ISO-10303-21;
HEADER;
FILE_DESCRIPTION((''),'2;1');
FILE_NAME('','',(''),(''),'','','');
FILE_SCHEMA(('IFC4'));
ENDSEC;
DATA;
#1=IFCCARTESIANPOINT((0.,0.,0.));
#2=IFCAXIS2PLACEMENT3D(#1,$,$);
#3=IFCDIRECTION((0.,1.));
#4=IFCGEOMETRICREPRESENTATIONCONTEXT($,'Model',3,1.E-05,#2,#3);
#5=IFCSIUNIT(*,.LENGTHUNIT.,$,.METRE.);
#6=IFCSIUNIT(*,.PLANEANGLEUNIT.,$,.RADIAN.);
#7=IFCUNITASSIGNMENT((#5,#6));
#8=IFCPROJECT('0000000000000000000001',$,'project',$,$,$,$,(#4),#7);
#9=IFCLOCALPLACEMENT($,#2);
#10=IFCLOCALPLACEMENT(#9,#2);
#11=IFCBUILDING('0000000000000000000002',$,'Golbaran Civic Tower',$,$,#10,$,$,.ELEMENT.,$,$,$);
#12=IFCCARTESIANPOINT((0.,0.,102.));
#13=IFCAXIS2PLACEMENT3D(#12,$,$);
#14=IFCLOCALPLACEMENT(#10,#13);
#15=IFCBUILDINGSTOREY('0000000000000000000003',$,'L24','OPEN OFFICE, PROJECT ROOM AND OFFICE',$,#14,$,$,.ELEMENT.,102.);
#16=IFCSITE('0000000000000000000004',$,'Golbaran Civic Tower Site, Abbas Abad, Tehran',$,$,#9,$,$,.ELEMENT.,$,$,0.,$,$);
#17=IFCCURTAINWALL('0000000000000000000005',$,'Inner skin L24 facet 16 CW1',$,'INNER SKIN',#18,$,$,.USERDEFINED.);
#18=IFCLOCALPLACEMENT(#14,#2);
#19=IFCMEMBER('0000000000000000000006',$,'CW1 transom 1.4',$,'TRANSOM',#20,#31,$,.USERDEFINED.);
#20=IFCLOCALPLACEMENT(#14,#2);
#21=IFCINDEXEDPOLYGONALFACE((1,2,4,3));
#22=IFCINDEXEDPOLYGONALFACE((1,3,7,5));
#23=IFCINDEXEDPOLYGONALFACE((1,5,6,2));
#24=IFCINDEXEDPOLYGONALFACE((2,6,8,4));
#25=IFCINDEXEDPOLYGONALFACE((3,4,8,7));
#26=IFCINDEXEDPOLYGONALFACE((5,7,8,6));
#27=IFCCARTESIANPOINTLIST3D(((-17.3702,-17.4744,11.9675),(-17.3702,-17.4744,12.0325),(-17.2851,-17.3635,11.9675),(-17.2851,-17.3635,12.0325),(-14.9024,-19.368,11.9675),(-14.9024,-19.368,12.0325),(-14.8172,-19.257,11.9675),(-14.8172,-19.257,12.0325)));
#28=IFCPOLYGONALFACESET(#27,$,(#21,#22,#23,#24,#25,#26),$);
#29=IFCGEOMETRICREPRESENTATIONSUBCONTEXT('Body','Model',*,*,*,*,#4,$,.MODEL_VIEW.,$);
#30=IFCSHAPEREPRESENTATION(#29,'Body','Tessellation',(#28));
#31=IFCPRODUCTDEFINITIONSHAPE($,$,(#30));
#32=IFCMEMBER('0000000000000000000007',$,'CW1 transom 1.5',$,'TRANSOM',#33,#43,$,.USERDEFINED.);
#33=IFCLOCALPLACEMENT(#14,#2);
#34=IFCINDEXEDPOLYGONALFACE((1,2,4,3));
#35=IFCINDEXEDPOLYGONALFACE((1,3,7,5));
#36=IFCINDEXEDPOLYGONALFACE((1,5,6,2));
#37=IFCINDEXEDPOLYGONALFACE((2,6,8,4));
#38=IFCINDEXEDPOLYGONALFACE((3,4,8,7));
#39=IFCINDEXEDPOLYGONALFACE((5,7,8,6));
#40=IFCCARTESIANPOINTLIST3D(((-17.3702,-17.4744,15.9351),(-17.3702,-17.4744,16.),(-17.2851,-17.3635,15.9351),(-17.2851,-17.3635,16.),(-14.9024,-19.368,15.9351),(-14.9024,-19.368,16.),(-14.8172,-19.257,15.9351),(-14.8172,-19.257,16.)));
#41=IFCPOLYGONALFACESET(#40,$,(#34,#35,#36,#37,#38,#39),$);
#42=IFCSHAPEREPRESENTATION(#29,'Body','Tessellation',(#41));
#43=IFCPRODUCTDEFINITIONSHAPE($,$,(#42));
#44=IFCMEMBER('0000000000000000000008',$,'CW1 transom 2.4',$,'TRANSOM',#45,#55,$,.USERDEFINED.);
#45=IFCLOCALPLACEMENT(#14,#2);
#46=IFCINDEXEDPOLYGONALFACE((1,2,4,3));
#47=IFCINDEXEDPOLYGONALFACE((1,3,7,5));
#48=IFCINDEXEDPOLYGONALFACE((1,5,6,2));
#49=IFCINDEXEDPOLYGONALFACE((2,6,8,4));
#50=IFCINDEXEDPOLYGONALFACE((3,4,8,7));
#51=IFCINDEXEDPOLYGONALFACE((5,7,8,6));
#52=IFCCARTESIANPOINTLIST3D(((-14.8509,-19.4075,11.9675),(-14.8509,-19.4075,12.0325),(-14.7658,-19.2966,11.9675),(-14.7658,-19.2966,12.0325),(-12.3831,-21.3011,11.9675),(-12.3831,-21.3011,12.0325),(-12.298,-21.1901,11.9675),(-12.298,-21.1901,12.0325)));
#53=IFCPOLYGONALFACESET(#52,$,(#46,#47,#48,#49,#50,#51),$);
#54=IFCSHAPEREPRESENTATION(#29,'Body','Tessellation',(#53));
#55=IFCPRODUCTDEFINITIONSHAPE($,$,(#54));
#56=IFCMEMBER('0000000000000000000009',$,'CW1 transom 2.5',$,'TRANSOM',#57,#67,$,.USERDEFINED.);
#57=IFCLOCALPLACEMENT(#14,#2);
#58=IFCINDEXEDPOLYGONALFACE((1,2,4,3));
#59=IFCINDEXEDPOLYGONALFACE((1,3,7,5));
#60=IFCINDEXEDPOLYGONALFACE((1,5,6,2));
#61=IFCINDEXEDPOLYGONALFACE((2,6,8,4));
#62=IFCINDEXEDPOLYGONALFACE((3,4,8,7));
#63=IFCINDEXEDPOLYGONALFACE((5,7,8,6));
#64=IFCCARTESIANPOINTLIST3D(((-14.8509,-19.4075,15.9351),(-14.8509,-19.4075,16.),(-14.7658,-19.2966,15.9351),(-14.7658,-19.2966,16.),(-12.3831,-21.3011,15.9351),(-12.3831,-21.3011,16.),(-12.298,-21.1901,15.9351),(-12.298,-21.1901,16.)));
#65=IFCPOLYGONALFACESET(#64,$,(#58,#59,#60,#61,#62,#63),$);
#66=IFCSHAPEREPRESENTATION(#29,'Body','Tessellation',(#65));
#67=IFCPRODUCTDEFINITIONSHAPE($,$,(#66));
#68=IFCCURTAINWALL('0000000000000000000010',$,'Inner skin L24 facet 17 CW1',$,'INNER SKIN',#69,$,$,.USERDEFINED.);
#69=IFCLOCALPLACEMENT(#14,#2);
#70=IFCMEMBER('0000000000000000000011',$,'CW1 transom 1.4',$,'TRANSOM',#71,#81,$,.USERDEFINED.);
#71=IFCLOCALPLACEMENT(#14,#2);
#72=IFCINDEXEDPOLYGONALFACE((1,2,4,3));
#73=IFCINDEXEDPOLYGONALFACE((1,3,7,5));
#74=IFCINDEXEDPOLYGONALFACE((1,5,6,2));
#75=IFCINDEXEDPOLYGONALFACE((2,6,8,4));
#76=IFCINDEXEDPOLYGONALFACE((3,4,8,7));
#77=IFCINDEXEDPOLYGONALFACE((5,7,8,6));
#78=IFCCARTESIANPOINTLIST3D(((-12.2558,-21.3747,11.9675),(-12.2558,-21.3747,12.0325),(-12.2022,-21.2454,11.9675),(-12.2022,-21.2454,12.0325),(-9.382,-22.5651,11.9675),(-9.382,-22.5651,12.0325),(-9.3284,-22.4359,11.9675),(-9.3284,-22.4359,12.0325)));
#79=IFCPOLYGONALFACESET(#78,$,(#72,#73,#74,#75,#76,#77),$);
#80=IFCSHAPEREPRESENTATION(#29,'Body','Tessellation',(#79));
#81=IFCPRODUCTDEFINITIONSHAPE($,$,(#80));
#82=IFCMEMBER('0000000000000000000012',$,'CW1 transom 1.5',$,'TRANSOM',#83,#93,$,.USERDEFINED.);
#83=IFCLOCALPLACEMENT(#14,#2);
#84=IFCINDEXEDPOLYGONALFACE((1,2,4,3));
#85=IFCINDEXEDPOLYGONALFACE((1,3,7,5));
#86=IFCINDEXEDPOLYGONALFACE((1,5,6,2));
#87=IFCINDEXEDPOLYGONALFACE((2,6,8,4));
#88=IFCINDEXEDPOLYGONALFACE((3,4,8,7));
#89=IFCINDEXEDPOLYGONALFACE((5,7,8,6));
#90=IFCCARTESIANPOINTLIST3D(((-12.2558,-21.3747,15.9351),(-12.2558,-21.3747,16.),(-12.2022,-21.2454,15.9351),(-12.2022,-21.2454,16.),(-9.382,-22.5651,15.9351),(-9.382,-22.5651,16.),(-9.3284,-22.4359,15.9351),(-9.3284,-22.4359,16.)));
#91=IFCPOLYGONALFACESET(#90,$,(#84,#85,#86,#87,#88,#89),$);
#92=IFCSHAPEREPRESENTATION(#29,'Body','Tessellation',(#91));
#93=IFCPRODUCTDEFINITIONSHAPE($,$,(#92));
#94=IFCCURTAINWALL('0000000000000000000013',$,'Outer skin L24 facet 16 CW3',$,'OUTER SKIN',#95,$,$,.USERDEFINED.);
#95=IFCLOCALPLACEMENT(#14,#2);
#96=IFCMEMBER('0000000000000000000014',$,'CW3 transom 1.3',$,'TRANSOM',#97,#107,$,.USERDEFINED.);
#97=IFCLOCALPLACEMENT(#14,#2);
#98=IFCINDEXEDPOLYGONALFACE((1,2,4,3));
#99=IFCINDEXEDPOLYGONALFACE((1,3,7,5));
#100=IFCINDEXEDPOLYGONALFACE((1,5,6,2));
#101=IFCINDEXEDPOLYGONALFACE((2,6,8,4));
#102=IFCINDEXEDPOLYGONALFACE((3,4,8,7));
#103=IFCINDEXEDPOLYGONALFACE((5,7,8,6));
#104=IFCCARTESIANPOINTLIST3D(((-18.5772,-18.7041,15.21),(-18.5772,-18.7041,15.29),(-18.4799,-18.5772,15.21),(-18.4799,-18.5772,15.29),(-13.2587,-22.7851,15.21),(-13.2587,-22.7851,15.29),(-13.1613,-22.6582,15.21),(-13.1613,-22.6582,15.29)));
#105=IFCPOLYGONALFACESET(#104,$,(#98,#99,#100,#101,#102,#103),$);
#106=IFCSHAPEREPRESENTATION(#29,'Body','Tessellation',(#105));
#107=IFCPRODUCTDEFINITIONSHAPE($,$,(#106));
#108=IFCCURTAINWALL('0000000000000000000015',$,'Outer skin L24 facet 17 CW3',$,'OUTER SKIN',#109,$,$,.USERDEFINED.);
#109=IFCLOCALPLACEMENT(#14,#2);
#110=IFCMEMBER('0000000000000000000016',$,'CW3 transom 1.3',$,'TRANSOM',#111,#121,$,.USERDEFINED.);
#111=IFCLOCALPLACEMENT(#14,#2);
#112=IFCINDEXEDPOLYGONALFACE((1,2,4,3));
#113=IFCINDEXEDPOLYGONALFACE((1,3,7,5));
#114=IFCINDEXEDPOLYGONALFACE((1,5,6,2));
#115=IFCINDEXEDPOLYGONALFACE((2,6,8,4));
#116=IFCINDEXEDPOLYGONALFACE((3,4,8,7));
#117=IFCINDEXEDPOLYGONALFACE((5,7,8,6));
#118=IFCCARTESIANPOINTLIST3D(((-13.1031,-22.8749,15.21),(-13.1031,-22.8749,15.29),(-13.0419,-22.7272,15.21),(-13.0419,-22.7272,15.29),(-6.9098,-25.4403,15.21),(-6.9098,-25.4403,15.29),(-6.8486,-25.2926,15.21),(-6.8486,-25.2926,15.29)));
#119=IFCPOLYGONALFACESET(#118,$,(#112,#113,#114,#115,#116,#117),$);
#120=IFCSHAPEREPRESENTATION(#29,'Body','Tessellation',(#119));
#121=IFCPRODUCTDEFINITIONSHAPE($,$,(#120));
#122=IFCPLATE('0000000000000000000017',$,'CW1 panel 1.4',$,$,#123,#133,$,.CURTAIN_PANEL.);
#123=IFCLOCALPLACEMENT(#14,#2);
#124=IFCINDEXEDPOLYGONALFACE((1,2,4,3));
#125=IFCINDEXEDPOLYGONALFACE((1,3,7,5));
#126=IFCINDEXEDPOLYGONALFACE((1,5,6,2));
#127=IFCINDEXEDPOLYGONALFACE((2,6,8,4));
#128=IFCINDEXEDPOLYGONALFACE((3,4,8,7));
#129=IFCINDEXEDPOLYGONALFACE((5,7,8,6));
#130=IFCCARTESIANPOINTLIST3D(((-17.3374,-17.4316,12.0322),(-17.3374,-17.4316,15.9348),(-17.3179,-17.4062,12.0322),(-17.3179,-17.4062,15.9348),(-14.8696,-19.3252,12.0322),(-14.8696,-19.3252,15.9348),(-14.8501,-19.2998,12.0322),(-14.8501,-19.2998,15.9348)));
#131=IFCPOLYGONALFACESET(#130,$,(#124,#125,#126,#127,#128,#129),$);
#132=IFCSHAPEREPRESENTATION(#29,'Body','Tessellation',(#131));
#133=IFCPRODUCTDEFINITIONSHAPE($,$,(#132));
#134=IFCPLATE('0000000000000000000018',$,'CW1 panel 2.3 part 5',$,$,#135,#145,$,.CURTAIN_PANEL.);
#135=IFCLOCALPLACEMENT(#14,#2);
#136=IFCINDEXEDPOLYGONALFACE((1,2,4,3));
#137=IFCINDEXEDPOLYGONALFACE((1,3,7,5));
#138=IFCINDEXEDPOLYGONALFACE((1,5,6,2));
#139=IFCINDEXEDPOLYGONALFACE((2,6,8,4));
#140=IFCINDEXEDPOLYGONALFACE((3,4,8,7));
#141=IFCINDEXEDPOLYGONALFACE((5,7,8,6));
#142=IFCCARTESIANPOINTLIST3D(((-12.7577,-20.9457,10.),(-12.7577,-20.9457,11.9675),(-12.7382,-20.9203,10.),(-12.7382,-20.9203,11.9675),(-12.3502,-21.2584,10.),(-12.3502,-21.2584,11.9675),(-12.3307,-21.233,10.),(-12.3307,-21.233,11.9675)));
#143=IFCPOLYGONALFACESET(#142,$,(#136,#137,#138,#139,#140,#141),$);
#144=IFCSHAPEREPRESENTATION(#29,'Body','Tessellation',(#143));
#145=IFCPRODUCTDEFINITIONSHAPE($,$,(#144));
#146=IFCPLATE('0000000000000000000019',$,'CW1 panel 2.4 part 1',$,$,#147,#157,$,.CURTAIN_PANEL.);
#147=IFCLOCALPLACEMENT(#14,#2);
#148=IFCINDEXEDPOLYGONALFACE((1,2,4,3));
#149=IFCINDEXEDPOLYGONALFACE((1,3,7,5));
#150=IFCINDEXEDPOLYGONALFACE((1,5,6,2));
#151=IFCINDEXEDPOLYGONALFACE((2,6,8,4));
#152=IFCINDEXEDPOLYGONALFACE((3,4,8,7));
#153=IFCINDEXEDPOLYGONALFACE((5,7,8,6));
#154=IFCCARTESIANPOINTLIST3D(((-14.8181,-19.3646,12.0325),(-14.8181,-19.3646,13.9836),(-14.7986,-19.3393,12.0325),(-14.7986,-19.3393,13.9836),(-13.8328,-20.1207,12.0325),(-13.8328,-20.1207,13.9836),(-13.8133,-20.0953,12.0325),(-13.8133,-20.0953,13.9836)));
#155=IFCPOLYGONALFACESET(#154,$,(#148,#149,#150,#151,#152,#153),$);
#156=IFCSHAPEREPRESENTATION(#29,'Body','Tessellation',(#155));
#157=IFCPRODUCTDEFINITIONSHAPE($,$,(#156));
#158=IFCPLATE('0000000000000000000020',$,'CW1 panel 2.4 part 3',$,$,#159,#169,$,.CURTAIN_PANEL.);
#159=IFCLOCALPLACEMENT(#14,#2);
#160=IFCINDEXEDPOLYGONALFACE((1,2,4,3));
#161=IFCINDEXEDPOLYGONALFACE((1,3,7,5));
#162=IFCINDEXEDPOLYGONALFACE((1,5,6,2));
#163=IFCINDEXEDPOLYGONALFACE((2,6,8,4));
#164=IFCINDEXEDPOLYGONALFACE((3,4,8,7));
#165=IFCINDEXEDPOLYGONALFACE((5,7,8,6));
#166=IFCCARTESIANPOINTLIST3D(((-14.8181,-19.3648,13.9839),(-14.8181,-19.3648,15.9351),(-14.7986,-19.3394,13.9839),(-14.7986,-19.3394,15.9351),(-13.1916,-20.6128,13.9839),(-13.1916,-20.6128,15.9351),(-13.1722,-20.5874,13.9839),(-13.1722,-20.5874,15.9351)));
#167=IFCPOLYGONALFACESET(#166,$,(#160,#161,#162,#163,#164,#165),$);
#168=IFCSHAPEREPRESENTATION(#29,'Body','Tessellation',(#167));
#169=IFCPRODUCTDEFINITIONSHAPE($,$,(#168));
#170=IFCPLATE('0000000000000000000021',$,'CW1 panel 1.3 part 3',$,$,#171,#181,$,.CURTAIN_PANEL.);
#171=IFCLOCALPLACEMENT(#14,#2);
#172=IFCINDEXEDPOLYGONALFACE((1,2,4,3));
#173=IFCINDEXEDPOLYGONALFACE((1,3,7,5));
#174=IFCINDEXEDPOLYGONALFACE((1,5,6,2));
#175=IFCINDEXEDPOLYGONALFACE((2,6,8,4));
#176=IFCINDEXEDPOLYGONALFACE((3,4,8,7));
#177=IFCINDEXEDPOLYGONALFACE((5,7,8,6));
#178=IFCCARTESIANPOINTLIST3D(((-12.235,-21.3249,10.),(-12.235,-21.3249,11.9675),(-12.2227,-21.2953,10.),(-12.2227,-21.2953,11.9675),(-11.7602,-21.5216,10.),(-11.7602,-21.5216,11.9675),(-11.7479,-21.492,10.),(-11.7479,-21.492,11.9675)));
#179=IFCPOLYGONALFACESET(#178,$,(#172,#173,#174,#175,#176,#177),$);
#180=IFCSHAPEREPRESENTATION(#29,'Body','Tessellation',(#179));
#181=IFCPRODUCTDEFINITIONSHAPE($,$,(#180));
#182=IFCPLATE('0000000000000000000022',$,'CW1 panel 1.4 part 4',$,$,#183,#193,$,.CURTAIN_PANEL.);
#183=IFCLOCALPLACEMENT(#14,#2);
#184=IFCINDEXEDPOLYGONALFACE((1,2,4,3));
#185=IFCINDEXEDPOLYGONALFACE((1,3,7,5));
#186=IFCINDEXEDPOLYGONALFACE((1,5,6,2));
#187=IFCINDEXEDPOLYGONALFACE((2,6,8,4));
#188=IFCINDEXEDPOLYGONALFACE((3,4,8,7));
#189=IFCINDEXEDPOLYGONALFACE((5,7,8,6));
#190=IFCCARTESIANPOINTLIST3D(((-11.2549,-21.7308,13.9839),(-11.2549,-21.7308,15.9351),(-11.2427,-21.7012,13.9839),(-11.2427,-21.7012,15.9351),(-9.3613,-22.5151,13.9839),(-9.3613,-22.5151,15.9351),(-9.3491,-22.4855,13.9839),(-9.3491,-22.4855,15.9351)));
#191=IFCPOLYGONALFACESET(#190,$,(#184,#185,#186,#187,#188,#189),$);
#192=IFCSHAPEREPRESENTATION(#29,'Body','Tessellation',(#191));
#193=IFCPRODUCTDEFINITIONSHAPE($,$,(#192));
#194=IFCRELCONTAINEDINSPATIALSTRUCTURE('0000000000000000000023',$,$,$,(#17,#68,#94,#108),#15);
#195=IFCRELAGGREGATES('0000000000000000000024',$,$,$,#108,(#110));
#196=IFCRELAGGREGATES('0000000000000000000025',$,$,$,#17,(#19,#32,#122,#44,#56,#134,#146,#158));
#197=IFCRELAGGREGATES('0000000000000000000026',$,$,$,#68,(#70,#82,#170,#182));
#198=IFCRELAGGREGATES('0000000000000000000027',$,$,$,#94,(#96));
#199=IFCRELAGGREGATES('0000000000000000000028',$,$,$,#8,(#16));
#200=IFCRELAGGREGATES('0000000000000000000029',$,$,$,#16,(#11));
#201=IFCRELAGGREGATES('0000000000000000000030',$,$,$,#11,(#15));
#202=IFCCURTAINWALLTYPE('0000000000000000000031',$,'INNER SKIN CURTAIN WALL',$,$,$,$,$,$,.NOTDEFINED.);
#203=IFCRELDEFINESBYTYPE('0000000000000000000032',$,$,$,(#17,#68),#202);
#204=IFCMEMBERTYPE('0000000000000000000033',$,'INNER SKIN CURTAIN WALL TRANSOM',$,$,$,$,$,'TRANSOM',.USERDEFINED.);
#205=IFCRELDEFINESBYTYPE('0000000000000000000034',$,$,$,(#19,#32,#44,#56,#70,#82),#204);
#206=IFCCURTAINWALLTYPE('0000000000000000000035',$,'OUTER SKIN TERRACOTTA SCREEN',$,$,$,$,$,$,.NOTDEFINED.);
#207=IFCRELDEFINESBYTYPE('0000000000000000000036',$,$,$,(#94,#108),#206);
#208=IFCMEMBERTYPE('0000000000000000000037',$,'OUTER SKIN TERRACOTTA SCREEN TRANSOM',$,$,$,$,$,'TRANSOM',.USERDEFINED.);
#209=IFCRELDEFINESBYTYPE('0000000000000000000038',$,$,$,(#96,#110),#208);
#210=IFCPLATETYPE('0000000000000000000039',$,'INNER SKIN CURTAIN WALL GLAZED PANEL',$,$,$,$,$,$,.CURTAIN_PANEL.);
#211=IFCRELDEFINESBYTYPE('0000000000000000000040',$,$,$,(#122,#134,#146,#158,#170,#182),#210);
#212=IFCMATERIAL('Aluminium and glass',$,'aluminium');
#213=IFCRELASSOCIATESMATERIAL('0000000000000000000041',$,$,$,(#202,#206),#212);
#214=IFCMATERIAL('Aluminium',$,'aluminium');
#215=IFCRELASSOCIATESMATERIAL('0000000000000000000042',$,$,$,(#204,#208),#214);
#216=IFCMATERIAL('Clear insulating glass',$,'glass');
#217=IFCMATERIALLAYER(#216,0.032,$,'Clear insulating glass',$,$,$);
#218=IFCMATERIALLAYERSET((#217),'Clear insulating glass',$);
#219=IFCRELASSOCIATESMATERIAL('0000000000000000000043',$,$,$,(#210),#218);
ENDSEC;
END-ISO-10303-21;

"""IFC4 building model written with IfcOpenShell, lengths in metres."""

from ifc_helpers import new_model, si_unit, direction, frame, origin, origin_2d, place, context, subcontext, project, spatial, rectangle, extrude, material, layer, layer_set, material_profile, profile_set, type_object, element, aggregate, save


model = new_model("IFC4")

# Units and contexts
model_context = context("Model", 3, precision=1e-05, world=origin(), true_north=direction((0.0, 1.0)))
body_context = subcontext(model_context, "Body", "Model", "MODEL_VIEW")
ifc_project = project(units=[si_unit("LENGTHUNIT", "METRE"), si_unit("PLANEANGLEUNIT", "RADIAN")], contexts=[model_context])

# Site, building, storey
site_placement = place(None, origin())
site = spatial("IfcSite", under=ifc_project, at=site_placement, Name="Golbaran Civic Tower Site, Abbas Abad, Tehran", CompositionType="ELEMENT", RefElevation=0.0)
building_placement = place(site_placement, origin())
building = spatial("IfcBuilding", under=site, at=building_placement, Name="Golbaran Civic Tower", CompositionType="ELEMENT")
storey_placement = place(building_placement, frame((0.0, 0.0, 102.0)))
storey = spatial("IfcBuildingStorey", under=building, at=storey_placement, Name="L24", Description="OPEN OFFICE, PROJECT ROOM AND OFFICE", CompositionType="ELEMENT", Elevation=102.0)

# Curtain walls, members
ifc_material_1 = material(Name="Aluminium and glass", Category="aluminium")
curtain_wall_type_1 = type_object("IfcCurtainWallType", Name="INNER SKIN CURTAIN WALL", PredefinedType="NOTDEFINED", material=ifc_material_1)
curtain_wall_1_placement = place(storey_placement, origin())
curtain_wall_1 = element("IfcCurtainWall", 1, at=curtain_wall_1_placement, inside=storey, type_object=curtain_wall_type_1, Name="Inner skin L24 facet 16 CW1", ObjectType="INNER SKIN", PredefinedType="USERDEFINED")
ifc_material_2 = material(Name="Aluminium", Category="aluminium")
ifc_material_profile_1 = material_profile(ifc_material_2, rectangle(XDim=0.1399, YDim=0.0649, at=origin_2d()), Name="INNER SKIN CURTAIN WALL TRANSOM")
ifc_profile_set_1 = profile_set([ifc_material_profile_1], Name="Aluminium")
member_type_1 = type_object("IfcMemberType", Name="INNER SKIN CURTAIN WALL TRANSOM", ElementType="TRANSOM", PredefinedType="USERDEFINED", material=ifc_profile_set_1)
member_1_placement = place(storey_placement, frame((-17.3276, -17.4189, 12.0), z_axis=(0.793359, -0.608754, 0.0), x_axis=(0.608754, 0.793359, 0.0)))
member_1 = element("IfcMember", 2, at=member_1_placement, type_object=member_type_1, Name="CW1 transom 1.4", ObjectType="TRANSOM", PredefinedType="USERDEFINED", context=body_context, shape_type="SweptSolid", body=[
    extrude(rectangle(XDim=0.1399, YDim=0.0649, at=origin_2d()), origin(), (0.0, 0.0, 1.0), 3.1106),
])
member_2_placement = place(storey_placement, frame((-17.3276, -17.4189, 15.9675), z_axis=(0.793359, -0.608754, 0.0), x_axis=(0.608754, 0.793359, 0.0)))
member_2 = element("IfcMember", 3, at=member_2_placement, type_object=member_type_1, Name="CW1 transom 1.5", ObjectType="TRANSOM", PredefinedType="USERDEFINED", context=body_context, shape_type="SweptSolid", body=[
    extrude(rectangle(XDim=0.1399, YDim=0.0649, at=origin_2d()), origin(), (0.0, 0.0, 1.0), 3.1106),
])
member_3_placement = place(storey_placement, frame((-14.8083, -19.3521, 12.0), z_axis=(0.793359, -0.608754, 0.0), x_axis=(0.608754, 0.793359, 0.0)))
member_3 = element("IfcMember", 4, at=member_3_placement, type_object=member_type_1, Name="CW1 transom 2.4", ObjectType="TRANSOM", PredefinedType="USERDEFINED", context=body_context, shape_type="SweptSolid", body=[
    extrude(rectangle(XDim=0.1399, YDim=0.0649, at=origin_2d()), origin(), (0.0, 0.0, 1.0), 3.1106),
])
member_4_placement = place(storey_placement, frame((-14.8083, -19.3521, 15.9675), z_axis=(0.793359, -0.608754, 0.0), x_axis=(0.608754, 0.793359, 0.0)))
member_4 = element("IfcMember", 5, at=member_4_placement, type_object=member_type_1, Name="CW1 transom 2.5", ObjectType="TRANSOM", PredefinedType="USERDEFINED", context=body_context, shape_type="SweptSolid", body=[
    extrude(rectangle(XDim=0.1399, YDim=0.0649, at=origin_2d()), origin(), (0.0, 0.0, 1.0), 3.1106),
])
curtain_wall_2_placement = place(storey_placement, origin())
curtain_wall_2 = element("IfcCurtainWall", 6, at=curtain_wall_2_placement, inside=storey, type_object=curtain_wall_type_1, Name="Inner skin L24 facet 17 CW1", ObjectType="INNER SKIN", PredefinedType="USERDEFINED")
member_5_placement = place(storey_placement, frame((-12.229, -21.3101, 12.0), z_axis=(0.923871, -0.382703, 0.0), x_axis=(0.382703, 0.923871, 0.0)))
member_5 = element("IfcMember", 7, at=member_5_placement, type_object=member_type_1, Name="CW1 transom 1.4", ObjectType="TRANSOM", PredefinedType="USERDEFINED", context=body_context, shape_type="SweptSolid", body=[
    extrude(rectangle(XDim=0.1399, YDim=0.0649, at=origin_2d()), origin(), (0.0, 0.0, 1.0), 3.1106),
])
member_6_placement = place(storey_placement, frame((-12.229, -21.3101, 15.9675), z_axis=(0.923871, -0.382703, 0.0), x_axis=(0.382703, 0.923871, 0.0)))
member_6 = element("IfcMember", 8, at=member_6_placement, type_object=member_type_1, Name="CW1 transom 1.5", ObjectType="TRANSOM", PredefinedType="USERDEFINED", context=body_context, shape_type="SweptSolid", body=[
    extrude(rectangle(XDim=0.1399, YDim=0.0649, at=origin_2d()), origin(), (0.0, 0.0, 1.0), 3.1106),
])

# Curtain walls, members
curtain_wall_type_2 = type_object("IfcCurtainWallType", Name="OUTER SKIN TERRACOTTA SCREEN", PredefinedType="NOTDEFINED", material=ifc_material_1)
curtain_wall_3_placement = place(storey_placement, origin())
curtain_wall_3 = element("IfcCurtainWall", 9, at=curtain_wall_3_placement, inside=storey, type_object=curtain_wall_type_2, Name="Outer skin L24 facet 16 CW3", ObjectType="OUTER SKIN", PredefinedType="USERDEFINED")
ifc_material_profile_2 = material_profile(ifc_material_2, rectangle(XDim=0.1599, YDim=0.0801, at=origin_2d()), Name="OUTER SKIN TERRACOTTA SCREEN TRANSOM")
ifc_profile_set_2 = profile_set([ifc_material_profile_2], Name="Aluminium")
member_type_2 = type_object("IfcMemberType", Name="OUTER SKIN TERRACOTTA SCREEN TRANSOM", ElementType="TRANSOM", PredefinedType="USERDEFINED", material=ifc_profile_set_2)
member_7_placement = place(storey_placement, frame((-18.5286, -18.6406, 15.25), z_axis=(0.793357, -0.608756, 0.0), x_axis=(0.608756, 0.793357, 0.0)))
member_7 = element("IfcMember", 10, at=member_7_placement, type_object=member_type_2, Name="CW3 transom 1.3", ObjectType="TRANSOM", PredefinedType="USERDEFINED", context=body_context, shape_type="SweptSolid", body=[
    extrude(rectangle(XDim=0.1599, YDim=0.0801, at=origin_2d()), origin(), (0.0, 0.0, 1.0), 6.7039),
])
curtain_wall_4_placement = place(storey_placement, origin())
curtain_wall_4 = element("IfcCurtainWall", 11, at=curtain_wall_4_placement, inside=storey, type_object=curtain_wall_type_2, Name="Outer skin L24 facet 17 CW3", ObjectType="OUTER SKIN", PredefinedType="USERDEFINED")
member_8_placement = place(storey_placement, frame((-13.0725, -22.801, 15.25), z_axis=(0.923877, -0.382691, 0.0), x_axis=(0.382691, 0.923877, 0.0)))
member_8 = element("IfcMember", 12, at=member_8_placement, type_object=member_type_2, Name="CW3 transom 1.3", ObjectType="TRANSOM", PredefinedType="USERDEFINED", context=body_context, shape_type="SweptSolid", body=[
    extrude(rectangle(XDim=0.1599, YDim=0.0801, at=origin_2d()), origin(), (0.0, 0.0, 1.0), 6.7036),
])
aggregate(curtain_wall_4, [member_8])

# Plates
ifc_material_3 = material(Name="Clear insulating glass", Category="glass")
ifc_layer_1 = layer(ifc_material_3, 0.032, Name="Clear insulating glass")
ifc_layer_set_1 = layer_set([ifc_layer_1], Name="Clear insulating glass")
plate_type_1 = type_object("IfcPlateType", Name="INNER SKIN CURTAIN WALL GLAZED PANEL", PredefinedType="CURTAIN_PANEL", material=ifc_layer_set_1)
plate_1_placement = place(storey_placement, frame((-16.0938, -18.3657, 12.0322), z_axis=(0.0, 0.0, 1.0), x_axis=(0.793353, -0.608761, 0.0)))
plate_1 = element("IfcPlate", 13, at=plate_1_placement, type_object=plate_type_1, Name="CW1 panel 1.4", PredefinedType="CURTAIN_PANEL", context=body_context, shape_type="SweptSolid", body=[
    extrude(rectangle(XDim=3.1106, YDim=0.032, at=origin_2d()), origin(), (0.0, 0.0, 1.0), 3.9026),
])
plate_2_placement = place(storey_placement, frame((-12.5442, -21.0894, 10.0), z_axis=(0.0, 0.0, 1.0), x_axis=(0.793353, -0.608761, 0.0)))
plate_2 = element("IfcPlate", 14, at=plate_2_placement, type_object=plate_type_1, Name="CW1 panel 2.3 part 5", PredefinedType="CURTAIN_PANEL", context=body_context, shape_type="SweptSolid", body=[
    extrude(rectangle(XDim=0.5137, YDim=0.032, at=origin_2d()), origin(), (0.0, 0.0, 1.0), 1.9675),
])
plate_3_placement = place(storey_placement, frame((-14.3157, -19.73, 12.0325), z_axis=(0.0, 0.0, 1.0), x_axis=(0.793353, -0.608761, 0.0)))
plate_3 = element("IfcPlate", 15, at=plate_3_placement, type_object=plate_type_1, Name="CW1 panel 2.4 part 1", PredefinedType="CURTAIN_PANEL", context=body_context, shape_type="SweptSolid", body=[
    extrude(rectangle(XDim=1.2419, YDim=0.032, at=origin_2d()), origin(), (0.0, 0.0, 1.0), 1.9512),
])
plate_4_placement = place(storey_placement, frame((-13.9951, -19.9761, 13.9839), z_axis=(0.0, 0.0, 1.0), x_axis=(0.793353, -0.608761, 0.0)))
plate_4 = element("IfcPlate", 16, at=plate_4_placement, type_object=plate_type_1, Name="CW1 panel 2.4 part 3", PredefinedType="CURTAIN_PANEL", context=body_context, shape_type="SweptSolid", body=[
    extrude(rectangle(XDim=2.05, YDim=0.032, at=origin_2d()), origin(), (0.0, 0.0, 1.0), 1.9512),
])
plate_5_placement = place(storey_placement, frame((-11.9915, -21.4084, 10.0), z_axis=(0.0, 0.0, 1.0), x_axis=(0.92388, -0.382683, 0.0)))
plate_5 = element("IfcPlate", 17, at=plate_5_placement, type_object=plate_type_1, Name="CW1 panel 1.3 part 3", PredefinedType="CURTAIN_PANEL", context=body_context, shape_type="SweptSolid", body=[
    extrude(rectangle(XDim=0.5139, YDim=0.032, at=origin_2d()), origin(), (0.0, 0.0, 1.0), 1.9675),
])
plate_6_placement = place(storey_placement, frame((-10.302, -22.1082, 13.9839), z_axis=(0.0, 0.0, 1.0), x_axis=(0.92388, -0.382683, 0.0)))
plate_6 = element("IfcPlate", 18, at=plate_6_placement, type_object=plate_type_1, Name="CW1 panel 1.4 part 4", PredefinedType="CURTAIN_PANEL", context=body_context, shape_type="SweptSolid", body=[
    extrude(rectangle(XDim=2.0496, YDim=0.032, at=origin_2d()), origin(), (0.0, 0.0, 1.0), 1.9512),
])
aggregate(curtain_wall_1, [member_1, member_2, plate_1, member_3, member_4, plate_2, plate_3, plate_4])
aggregate(curtain_wall_2, [member_5, member_6, plate_5, plate_6])
aggregate(curtain_wall_3, [member_7])

save(model, "model.ifc")
